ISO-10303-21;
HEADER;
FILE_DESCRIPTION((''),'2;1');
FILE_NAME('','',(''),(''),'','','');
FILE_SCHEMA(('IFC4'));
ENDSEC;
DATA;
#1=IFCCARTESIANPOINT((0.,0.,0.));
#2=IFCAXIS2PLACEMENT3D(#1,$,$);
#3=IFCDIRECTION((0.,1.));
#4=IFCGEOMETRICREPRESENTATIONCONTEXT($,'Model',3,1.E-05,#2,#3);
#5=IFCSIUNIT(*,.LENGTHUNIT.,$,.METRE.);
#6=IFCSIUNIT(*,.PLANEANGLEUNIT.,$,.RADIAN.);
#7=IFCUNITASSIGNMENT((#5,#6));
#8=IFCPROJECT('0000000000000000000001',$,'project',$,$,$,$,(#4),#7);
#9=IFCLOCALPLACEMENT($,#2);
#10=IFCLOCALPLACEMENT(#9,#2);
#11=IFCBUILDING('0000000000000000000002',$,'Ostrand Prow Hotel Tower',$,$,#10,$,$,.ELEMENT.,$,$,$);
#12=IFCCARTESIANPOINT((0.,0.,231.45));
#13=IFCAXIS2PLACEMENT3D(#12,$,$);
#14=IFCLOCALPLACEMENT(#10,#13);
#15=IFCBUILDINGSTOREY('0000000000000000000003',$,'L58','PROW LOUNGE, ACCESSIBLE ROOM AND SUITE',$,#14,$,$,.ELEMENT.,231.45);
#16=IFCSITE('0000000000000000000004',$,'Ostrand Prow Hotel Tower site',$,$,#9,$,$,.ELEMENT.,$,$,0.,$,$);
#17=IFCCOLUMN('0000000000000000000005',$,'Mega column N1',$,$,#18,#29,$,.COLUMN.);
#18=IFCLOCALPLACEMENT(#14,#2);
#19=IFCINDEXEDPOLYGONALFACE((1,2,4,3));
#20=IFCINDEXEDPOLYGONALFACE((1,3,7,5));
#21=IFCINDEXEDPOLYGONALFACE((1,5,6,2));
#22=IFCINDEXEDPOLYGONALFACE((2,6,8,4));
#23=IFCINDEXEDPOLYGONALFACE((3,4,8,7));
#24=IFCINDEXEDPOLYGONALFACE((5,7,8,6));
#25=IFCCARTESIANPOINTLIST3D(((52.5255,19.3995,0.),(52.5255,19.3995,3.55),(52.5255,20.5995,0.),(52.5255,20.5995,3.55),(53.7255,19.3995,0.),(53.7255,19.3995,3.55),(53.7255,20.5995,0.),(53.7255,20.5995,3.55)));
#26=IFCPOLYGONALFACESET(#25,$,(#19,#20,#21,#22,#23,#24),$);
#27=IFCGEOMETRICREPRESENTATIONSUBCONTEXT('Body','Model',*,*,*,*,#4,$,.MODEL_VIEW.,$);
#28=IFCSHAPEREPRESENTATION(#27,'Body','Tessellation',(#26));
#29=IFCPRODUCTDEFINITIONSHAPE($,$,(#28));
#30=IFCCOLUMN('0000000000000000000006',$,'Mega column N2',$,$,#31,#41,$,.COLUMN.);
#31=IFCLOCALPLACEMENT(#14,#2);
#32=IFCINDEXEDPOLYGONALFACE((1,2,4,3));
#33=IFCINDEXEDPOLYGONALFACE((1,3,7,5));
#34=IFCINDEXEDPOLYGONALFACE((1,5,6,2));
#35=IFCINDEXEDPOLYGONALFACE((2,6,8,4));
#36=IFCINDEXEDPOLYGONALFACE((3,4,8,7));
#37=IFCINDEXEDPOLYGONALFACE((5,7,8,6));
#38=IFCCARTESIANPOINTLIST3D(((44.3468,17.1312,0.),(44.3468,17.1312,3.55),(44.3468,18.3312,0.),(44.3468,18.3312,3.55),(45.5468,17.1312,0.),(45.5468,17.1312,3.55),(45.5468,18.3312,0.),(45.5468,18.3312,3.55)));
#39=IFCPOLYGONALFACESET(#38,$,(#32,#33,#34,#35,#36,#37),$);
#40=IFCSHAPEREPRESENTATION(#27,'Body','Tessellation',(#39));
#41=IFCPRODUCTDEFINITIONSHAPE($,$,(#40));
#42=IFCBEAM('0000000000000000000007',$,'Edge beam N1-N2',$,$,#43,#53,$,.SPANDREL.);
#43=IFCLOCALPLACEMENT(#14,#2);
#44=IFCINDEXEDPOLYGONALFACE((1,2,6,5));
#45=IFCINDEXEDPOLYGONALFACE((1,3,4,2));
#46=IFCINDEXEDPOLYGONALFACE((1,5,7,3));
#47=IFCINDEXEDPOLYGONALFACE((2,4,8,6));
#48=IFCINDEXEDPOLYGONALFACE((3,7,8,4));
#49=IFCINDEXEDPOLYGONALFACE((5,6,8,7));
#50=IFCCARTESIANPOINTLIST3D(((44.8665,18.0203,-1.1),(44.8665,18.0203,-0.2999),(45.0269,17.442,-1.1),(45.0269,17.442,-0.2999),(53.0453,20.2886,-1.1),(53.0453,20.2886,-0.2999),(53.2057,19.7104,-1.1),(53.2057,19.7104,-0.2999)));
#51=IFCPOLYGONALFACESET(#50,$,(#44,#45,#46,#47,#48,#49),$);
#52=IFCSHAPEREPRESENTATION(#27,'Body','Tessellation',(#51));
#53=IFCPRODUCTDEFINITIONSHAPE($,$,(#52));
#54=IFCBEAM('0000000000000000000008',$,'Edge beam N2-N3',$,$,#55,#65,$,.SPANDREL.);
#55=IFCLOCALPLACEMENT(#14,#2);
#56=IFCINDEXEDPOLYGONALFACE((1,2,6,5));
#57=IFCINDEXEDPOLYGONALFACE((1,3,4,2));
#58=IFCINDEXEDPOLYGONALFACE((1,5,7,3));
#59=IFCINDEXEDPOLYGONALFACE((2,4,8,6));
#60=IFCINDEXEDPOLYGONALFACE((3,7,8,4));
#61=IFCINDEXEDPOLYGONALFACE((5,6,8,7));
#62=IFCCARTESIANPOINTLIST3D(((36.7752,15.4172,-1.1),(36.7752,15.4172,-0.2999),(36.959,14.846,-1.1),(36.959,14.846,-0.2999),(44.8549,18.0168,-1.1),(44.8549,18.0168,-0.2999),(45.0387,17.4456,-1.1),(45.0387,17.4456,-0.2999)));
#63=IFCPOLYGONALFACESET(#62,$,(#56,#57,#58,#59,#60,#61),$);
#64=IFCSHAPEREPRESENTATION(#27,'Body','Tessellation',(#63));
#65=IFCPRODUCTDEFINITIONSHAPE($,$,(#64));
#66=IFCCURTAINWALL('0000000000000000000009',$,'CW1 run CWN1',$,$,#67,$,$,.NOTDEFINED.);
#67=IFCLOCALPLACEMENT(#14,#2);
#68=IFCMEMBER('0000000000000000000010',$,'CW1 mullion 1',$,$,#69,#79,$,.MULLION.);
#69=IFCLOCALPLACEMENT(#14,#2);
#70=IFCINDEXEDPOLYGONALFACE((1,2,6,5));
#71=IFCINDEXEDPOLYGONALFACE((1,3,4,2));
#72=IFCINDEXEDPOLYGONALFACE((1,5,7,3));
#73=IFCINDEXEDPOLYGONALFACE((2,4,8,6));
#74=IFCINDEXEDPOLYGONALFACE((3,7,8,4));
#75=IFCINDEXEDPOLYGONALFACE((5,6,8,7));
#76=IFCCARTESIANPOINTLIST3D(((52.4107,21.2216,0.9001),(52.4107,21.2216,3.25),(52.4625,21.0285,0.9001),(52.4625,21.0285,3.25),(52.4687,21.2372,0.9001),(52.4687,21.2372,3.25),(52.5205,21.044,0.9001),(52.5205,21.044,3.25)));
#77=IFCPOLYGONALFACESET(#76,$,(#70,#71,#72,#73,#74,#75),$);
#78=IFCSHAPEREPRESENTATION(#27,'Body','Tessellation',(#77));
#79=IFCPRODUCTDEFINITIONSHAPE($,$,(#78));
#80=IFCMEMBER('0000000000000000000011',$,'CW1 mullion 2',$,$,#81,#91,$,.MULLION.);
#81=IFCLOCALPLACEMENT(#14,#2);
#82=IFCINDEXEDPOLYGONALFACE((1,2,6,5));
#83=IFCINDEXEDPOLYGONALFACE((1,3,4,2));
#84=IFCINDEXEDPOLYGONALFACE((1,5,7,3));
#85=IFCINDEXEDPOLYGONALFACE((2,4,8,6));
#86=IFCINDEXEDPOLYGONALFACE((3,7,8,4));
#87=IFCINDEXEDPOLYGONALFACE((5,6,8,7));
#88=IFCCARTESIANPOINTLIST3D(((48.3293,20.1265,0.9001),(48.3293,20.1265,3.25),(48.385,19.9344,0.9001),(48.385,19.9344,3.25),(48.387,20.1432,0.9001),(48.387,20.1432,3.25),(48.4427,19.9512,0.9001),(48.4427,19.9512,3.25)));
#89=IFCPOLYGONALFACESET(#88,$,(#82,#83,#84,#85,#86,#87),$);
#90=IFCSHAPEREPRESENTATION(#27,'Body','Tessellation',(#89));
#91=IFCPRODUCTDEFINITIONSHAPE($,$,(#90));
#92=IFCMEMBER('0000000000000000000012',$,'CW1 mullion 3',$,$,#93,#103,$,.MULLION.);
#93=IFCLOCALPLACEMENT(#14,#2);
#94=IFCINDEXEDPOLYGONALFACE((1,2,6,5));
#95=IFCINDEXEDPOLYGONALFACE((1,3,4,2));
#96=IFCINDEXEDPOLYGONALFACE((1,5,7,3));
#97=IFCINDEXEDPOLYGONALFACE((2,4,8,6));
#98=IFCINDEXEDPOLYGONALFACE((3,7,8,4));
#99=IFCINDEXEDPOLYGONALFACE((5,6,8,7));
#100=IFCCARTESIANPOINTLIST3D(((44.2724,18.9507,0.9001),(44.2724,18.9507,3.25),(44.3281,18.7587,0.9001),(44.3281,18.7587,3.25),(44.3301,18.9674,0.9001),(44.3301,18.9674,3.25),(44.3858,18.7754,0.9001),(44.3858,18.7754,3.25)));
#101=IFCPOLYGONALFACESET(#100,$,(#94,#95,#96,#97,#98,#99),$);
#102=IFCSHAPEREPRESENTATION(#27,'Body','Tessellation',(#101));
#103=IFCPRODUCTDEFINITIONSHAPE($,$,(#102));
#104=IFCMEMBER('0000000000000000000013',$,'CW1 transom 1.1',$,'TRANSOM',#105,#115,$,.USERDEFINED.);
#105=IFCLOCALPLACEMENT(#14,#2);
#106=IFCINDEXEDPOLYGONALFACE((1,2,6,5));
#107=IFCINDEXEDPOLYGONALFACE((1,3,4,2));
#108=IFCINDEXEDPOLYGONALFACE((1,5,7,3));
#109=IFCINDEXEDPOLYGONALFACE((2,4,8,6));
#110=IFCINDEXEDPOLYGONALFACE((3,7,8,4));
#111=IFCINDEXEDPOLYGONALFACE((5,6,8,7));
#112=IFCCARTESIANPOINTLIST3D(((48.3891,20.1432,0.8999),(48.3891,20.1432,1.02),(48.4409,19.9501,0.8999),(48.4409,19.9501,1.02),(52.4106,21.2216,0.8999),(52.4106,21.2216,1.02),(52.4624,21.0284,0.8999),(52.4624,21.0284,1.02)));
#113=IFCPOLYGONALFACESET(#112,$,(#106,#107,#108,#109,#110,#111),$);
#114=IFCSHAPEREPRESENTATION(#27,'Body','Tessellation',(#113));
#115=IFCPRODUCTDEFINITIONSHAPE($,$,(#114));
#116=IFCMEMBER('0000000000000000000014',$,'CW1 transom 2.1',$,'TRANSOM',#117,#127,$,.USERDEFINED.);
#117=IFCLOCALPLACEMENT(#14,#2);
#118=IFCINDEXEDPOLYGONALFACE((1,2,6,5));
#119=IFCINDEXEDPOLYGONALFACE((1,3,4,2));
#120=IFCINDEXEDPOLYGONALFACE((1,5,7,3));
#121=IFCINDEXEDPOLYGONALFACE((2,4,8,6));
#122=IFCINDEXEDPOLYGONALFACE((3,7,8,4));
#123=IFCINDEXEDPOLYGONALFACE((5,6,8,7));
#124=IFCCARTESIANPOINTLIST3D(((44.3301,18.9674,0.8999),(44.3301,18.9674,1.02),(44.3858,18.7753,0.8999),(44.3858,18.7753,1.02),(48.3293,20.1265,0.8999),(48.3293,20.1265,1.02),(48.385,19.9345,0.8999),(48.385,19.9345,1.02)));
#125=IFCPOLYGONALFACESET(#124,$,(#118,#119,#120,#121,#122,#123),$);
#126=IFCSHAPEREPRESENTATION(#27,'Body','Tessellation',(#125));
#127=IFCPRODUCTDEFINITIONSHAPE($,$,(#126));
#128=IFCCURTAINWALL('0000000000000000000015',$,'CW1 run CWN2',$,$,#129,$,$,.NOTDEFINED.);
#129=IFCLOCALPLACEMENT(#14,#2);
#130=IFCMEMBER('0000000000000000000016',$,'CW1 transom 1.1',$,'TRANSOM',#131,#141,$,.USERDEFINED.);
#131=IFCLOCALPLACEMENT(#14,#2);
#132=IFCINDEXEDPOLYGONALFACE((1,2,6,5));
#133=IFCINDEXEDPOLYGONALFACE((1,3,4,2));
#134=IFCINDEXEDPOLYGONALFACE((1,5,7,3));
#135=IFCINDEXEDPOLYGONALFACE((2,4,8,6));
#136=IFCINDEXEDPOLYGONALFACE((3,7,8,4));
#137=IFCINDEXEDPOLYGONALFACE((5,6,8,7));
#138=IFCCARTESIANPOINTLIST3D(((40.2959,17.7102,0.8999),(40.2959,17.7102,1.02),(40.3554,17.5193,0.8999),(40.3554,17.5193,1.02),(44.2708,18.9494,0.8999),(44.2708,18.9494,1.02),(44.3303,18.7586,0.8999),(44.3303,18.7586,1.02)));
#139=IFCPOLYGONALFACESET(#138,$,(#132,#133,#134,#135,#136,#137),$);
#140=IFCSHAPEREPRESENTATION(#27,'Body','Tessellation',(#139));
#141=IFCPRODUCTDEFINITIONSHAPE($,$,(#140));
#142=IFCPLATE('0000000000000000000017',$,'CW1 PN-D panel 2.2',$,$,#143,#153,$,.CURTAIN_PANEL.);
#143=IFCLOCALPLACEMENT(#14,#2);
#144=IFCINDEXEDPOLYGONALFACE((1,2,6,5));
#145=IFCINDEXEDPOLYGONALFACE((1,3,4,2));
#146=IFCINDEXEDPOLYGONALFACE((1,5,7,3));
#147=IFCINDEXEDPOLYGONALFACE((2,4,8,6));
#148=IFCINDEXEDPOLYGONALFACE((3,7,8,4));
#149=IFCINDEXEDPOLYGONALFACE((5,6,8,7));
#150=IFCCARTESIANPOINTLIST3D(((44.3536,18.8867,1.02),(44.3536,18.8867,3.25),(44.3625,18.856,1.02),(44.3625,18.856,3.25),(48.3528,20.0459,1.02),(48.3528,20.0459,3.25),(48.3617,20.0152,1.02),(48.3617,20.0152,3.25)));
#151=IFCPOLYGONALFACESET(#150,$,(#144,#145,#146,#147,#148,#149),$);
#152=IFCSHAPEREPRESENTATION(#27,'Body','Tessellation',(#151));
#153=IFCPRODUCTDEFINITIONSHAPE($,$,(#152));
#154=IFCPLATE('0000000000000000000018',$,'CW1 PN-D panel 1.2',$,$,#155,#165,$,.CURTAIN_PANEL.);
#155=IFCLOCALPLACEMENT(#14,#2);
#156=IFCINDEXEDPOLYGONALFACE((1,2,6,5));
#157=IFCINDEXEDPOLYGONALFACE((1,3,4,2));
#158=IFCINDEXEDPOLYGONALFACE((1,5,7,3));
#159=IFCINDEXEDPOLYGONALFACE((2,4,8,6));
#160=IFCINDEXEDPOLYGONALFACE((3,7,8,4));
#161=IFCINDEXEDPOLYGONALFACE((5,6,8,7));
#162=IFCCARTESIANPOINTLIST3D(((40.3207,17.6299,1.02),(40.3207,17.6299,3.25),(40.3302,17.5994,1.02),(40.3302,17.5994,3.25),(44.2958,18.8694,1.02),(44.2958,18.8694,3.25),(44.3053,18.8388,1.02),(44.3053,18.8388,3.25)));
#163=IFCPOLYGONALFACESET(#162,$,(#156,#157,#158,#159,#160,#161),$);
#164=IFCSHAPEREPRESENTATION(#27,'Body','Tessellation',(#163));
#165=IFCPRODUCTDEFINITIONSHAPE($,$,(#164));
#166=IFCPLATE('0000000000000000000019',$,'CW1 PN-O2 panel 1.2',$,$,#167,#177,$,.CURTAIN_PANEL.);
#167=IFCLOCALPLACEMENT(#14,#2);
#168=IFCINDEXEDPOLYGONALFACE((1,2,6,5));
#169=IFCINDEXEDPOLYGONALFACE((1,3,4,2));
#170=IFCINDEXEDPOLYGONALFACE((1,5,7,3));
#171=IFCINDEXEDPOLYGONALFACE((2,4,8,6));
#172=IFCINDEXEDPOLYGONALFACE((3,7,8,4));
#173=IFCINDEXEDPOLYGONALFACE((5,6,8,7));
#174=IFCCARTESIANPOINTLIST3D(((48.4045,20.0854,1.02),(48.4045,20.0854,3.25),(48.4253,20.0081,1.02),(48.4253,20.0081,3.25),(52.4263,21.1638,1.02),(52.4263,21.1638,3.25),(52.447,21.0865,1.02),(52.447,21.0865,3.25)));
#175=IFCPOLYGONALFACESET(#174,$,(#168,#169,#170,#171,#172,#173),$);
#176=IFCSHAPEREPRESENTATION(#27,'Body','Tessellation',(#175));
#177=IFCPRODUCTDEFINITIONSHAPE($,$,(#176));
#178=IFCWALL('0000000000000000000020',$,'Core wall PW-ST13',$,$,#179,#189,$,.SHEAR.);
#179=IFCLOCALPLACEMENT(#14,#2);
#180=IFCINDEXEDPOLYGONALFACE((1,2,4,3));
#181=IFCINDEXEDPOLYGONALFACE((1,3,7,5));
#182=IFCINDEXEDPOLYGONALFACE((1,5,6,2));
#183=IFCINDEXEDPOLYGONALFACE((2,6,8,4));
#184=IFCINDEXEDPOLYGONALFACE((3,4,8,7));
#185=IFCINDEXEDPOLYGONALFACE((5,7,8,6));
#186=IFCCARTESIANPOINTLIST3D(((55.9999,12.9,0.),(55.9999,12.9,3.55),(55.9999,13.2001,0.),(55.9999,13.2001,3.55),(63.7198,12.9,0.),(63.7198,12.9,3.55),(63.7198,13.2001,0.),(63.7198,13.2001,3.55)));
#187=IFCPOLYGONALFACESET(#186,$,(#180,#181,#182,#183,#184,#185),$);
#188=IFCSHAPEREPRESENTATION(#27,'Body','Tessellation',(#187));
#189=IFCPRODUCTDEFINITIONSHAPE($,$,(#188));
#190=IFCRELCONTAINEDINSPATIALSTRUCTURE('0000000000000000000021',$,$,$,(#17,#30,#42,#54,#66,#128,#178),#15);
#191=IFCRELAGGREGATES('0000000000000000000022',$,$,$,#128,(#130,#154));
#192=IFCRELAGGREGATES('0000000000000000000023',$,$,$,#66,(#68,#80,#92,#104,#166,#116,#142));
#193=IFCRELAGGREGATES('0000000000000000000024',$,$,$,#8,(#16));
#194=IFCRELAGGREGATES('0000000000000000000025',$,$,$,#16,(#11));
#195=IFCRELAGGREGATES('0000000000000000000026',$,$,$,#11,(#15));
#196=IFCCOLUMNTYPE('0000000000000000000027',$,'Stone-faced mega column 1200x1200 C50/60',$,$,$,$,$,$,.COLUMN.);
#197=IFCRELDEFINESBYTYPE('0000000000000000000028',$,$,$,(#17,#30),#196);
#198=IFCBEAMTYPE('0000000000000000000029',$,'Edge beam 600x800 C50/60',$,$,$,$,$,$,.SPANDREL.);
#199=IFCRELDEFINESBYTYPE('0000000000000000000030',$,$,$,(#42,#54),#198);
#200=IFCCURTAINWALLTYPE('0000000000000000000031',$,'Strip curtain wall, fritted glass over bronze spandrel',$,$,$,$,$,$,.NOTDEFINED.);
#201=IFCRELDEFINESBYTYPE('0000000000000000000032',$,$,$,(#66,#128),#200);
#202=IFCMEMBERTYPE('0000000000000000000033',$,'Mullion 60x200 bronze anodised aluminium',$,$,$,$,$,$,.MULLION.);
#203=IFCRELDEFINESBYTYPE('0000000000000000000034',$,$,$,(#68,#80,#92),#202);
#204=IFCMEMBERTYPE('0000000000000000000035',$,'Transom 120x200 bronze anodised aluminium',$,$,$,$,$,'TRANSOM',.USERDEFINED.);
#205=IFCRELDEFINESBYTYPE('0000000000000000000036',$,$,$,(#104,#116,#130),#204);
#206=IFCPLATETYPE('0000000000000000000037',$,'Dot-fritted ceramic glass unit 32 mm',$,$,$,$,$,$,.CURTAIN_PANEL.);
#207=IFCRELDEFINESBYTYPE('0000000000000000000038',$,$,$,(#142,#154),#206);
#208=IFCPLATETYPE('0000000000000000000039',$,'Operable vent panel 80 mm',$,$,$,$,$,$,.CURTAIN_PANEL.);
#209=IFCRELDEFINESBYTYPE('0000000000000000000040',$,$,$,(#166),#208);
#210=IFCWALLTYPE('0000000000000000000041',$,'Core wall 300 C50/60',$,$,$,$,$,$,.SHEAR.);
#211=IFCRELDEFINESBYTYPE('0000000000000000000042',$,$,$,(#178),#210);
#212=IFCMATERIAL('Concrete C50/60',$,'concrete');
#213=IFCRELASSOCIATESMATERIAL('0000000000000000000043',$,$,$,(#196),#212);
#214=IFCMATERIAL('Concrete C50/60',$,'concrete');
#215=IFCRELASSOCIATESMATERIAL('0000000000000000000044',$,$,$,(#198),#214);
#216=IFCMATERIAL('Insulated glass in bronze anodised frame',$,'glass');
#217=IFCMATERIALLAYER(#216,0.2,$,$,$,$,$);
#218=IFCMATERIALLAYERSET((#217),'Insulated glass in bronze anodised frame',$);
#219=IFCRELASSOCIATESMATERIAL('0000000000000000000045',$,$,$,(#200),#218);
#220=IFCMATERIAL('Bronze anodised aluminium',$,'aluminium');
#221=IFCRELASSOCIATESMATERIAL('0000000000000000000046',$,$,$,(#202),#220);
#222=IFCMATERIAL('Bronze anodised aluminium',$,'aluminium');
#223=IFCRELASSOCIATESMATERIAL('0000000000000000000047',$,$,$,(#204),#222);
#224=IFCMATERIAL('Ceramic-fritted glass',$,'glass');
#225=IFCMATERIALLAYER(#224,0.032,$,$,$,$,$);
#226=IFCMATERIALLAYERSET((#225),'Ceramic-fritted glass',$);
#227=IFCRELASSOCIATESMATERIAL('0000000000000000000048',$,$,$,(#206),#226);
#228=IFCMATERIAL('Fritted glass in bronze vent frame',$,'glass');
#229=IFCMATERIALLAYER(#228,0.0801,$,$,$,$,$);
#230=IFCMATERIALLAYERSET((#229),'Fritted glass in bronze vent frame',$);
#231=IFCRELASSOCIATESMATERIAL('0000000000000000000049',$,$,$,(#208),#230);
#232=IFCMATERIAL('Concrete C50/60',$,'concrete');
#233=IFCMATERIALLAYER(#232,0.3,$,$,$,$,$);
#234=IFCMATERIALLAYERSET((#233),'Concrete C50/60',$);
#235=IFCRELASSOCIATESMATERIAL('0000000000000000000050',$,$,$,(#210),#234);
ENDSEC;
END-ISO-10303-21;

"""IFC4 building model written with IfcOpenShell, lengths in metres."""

from ifc_helpers import new_model, si_unit, direction, frame, frame_2d, origin, origin_2d, place, context, subcontext, project, spatial, rectangle, extrude, material, layer, layer_set, material_profile, profile_set, type_object, element, aggregate, save


model = new_model("IFC4")

# Units and contexts
model_context = context("Model", 3, precision=1e-05, world=origin(), true_north=direction((0.0, 1.0)))
body_context = subcontext(model_context, "Body", "Model", "MODEL_VIEW")
ifc_project = project(units=[si_unit("LENGTHUNIT", "METRE"), si_unit("PLANEANGLEUNIT", "RADIAN")], contexts=[model_context])

# Site, building, storey
site_placement = place(None, origin())
site = spatial("IfcSite", under=ifc_project, at=site_placement, Name="Ostrand Prow Hotel Tower site", CompositionType="ELEMENT", RefElevation=0.0)
building_placement = place(site_placement, origin())
building = spatial("IfcBuilding", under=site, at=building_placement, Name="Ostrand Prow Hotel Tower", CompositionType="ELEMENT")
storey_placement = place(building_placement, frame((0.0, 0.0, 231.45)))
storey = spatial("IfcBuildingStorey", under=building, at=storey_placement, Name="L58", Description="PROW LOUNGE, ACCESSIBLE ROOM AND SUITE", CompositionType="ELEMENT", Elevation=231.45)

# Columns
ifc_material_1 = material(Name="Concrete C50/60", Category="concrete")
ifc_material_profile_1 = material_profile(ifc_material_1, rectangle(XDim=1.2, YDim=1.2, at=origin_2d()), Name="RC 1200x1200")
ifc_profile_set_1 = profile_set([ifc_material_profile_1], Name="Concrete C50/60")
column_type = type_object("IfcColumnType", Name="Stone-faced mega column 1200x1200 C50/60", PredefinedType="COLUMN", material=ifc_profile_set_1)
for number, where, z_axis, x_axis, name in (
    (1, (53.1255, 19.9995, 0.0), (0.0, 0.0, 1.0), (1.0, 0.0, 0.0), "Mega column N1"),
    (2, (44.9468, 17.7312, 0.0), (0.0, 0.0, 1.0), (1.0, 0.0, 0.0), "Mega column N2"),
):
    element("IfcColumn", number, at=place(storey_placement, frame(where, z_axis=z_axis, x_axis=x_axis)), inside=storey, type_object=column_type, Name=name, PredefinedType="COLUMN", context=body_context, shape_type="SweptSolid", body=[
        extrude(rectangle(XDim=1.2, YDim=1.2, at=origin_2d()), origin(), (0.0, 0.0, 1.0), 3.55),
    ])

# Beams
ifc_material_2 = material(Name="Concrete C50/60", Category="concrete")
ifc_material_profile_2 = material_profile(ifc_material_2, rectangle(XDim=0.6001, YDim=0.8, at=origin_2d()), Name="RC 600x800")
ifc_profile_set_2 = profile_set([ifc_material_profile_2], Name="Concrete C50/60")
beam_type = type_object("IfcBeamType", Name="Edge beam 600x800 C50/60", PredefinedType="SPANDREL", material=ifc_profile_set_2)
for number, where, z_axis, x_axis, name in (
    (3, (53.1255, 19.9995, -0.7), (-0.963626, -0.267255, 0.0), (0.267255, -0.963626, 0.0), "Edge beam N1-N2"),
    (4, (44.9468, 17.7312, -0.7), (-0.951939, -0.306287, 0.0), (0.306287, -0.951939, 0.0), "Edge beam N2-N3"),
):
    element("IfcBeam", number, at=place(storey_placement, frame(where, z_axis=z_axis, x_axis=x_axis)), inside=storey, type_object=beam_type, Name=name, PredefinedType="SPANDREL", context=body_context, shape_type="SweptSolid", body=[
        extrude(rectangle(XDim=0.6001, YDim=0.8, at=origin_2d()), origin(), (0.0, 0.0, 1.0), 8.4875),
    ])

# Curtain wall, members
ifc_material_3 = material(Name="Insulated glass in bronze anodised frame", Category="glass")
ifc_layer_1 = layer(ifc_material_3, 0.2)
ifc_layer_set_1 = layer_set([ifc_layer_1], Name="Insulated glass in bronze anodised frame")
curtain_wall_type = type_object("IfcCurtainWallType", Name="Strip curtain wall, fritted glass over bronze spandrel", PredefinedType="NOTDEFINED", material=ifc_layer_set_1)
curtain_wall_1_placement = place(storey_placement, origin())
curtain_wall_1 = element("IfcCurtainWall", 5, at=curtain_wall_1_placement, inside=storey, type_object=curtain_wall_type, Name="CW1 run CWN1", PredefinedType="NOTDEFINED")
ifc_material_4 = material(Name="Bronze anodised aluminium", Category="aluminium")
ifc_material_profile_3 = material_profile(ifc_material_4, rectangle(XDim=0.2, YDim=0.0601, at=origin_2d()), Name="Mullion 60x200 bronze anodised aluminium")
ifc_profile_set_3 = profile_set([ifc_material_profile_3], Name="Bronze anodised aluminium")
member_type_1 = type_object("IfcMemberType", Name="Mullion 60x200 bronze anodised aluminium", PredefinedType="MULLION", material=ifc_profile_set_3)
member_1_placement = place(storey_placement, frame((52.4656, 21.1328, 0.9001), z_axis=(0.0, 0.0, 1.0), x_axis=(0.258994, -0.965879, 0.0)))
member_1 = element("IfcMember", 6, at=member_1_placement, type_object=member_type_1, Name="CW1 mullion 1", PredefinedType="MULLION", context=body_context, shape_type="SweptSolid", body=[
    extrude(rectangle(XDim=0.2, YDim=0.0601, at=origin_2d()), origin(), (0.0, 0.0, 1.0), 2.3499),
])
member_2_placement = place(storey_placement, frame((48.386, 20.0388, 0.9001), z_axis=(0.0, 0.0, 1.0), x_axis=(0.278393, -0.960467, 0.0)))
member_2 = element("IfcMember", 7, at=member_2_placement, type_object=member_type_1, Name="CW1 mullion 2", PredefinedType="MULLION", context=body_context, shape_type="SweptSolid", body=[
    extrude(rectangle(XDim=0.2, YDim=0.0601, at=origin_2d()), origin(), (0.0, 0.0, 1.0), 2.3499),
])
member_3_placement = place(storey_placement, frame((44.3291, 18.863, 0.9001), z_axis=(0.0, 0.0, 1.0), x_axis=(0.278393, -0.960467, 0.0)))
member_3 = element("IfcMember", 8, at=member_3_placement, type_object=member_type_1, Name="CW1 mullion 3", PredefinedType="MULLION", context=body_context, shape_type="SweptSolid", body=[
    extrude(rectangle(XDim=0.2, YDim=0.0601, at=origin_2d()), origin(), (0.0, 0.0, 1.0), 2.3499),
])
ifc_material_5 = material(Name="Bronze anodised aluminium", Category="aluminium")
ifc_material_profile_4 = material_profile(ifc_material_5, rectangle(XDim=0.2, YDim=0.1201, at=origin_2d()), Name="Transom 120x200 bronze anodised aluminium")
ifc_profile_set_4 = profile_set([ifc_material_profile_4], Name="Bronze anodised aluminium")
member_type_2 = type_object("IfcMemberType", Name="Transom 120x200 bronze anodised aluminium", ElementType="TRANSOM", PredefinedType="USERDEFINED", material=ifc_profile_set_4)
member_4_placement = place(storey_placement, frame((52.4365, 21.125, 0.96), z_axis=(-0.965877, -0.259002, 0.0), x_axis=(0.259002, -0.965877, 0.0)))
member_4 = element("IfcMember", 9, at=member_4_placement, type_object=member_type_2, Name="CW1 transom 1.1", ObjectType="TRANSOM", PredefinedType="USERDEFINED", context=body_context, shape_type="SweptSolid", body=[
    extrude(rectangle(XDim=0.2, YDim=0.1201, at=origin_2d()), origin(), (0.0, 0.0, 1.0), 4.1636),
])
member_5_placement = place(storey_placement, frame((48.3572, 20.0305, 0.96), z_axis=(-0.960468, -0.27839, 0.0), x_axis=(0.27839, -0.960468, 0.0)))
member_5 = element("IfcMember", 10, at=member_5_placement, type_object=member_type_2, Name="CW1 transom 2.1", ObjectType="TRANSOM", PredefinedType="USERDEFINED", context=body_context, shape_type="SweptSolid", body=[
    extrude(rectangle(XDim=0.2, YDim=0.1201, at=origin_2d()), origin(), (0.0, 0.0, 1.0), 4.1638),
])

# Curtain wall, member
curtain_wall_2_placement = place(storey_placement, origin())
curtain_wall_2 = element("IfcCurtainWall", 11, at=curtain_wall_2_placement, inside=storey, type_object=curtain_wall_type, Name="CW1 run CWN2", PredefinedType="NOTDEFINED")
member_6_placement = place(storey_placement, frame((44.3005, 18.854, 0.96), z_axis=(-0.954677, -0.297644, 0.0), x_axis=(0.297644, -0.954677, 0.0)))
member_6 = element("IfcMember", 12, at=member_6_placement, type_object=member_type_2, Name="CW1 transom 1.1", ObjectType="TRANSOM", PredefinedType="USERDEFINED", context=body_context, shape_type="SweptSolid", body=[
    extrude(rectangle(XDim=0.2, YDim=0.1201, at=origin_2d()), origin(), (0.0, 0.0, 1.0), 4.1636),
])

# Plates
ifc_material_6 = material(Name="Ceramic-fritted glass", Category="glass")
ifc_layer_2 = layer(ifc_material_6, 0.032)
ifc_layer_set_2 = layer_set([ifc_layer_2], Name="Ceramic-fritted glass")
plate_type_1 = type_object("IfcPlateType", Name="Dot-fritted ceramic glass unit 32 mm", PredefinedType="CURTAIN_PANEL", material=ifc_layer_set_2)
plate_1_placement = place(storey_placement, frame((46.3577, 19.4509, 1.02), z_axis=(0.0, 0.0, 1.0), x_axis=(-0.960467, -0.278393, 0.0)))
plate_1 = element("IfcPlate", 13, at=plate_1_placement, type_object=plate_type_1, Name="CW1 PN-D panel 2.2", PredefinedType="CURTAIN_PANEL", context=body_context, shape_type="SweptSolid", body=[
    extrude(rectangle(XDim=4.1638, YDim=0.032, at=origin_2d()), origin(), (0.0, 0.0, 1.0), 2.23),
])
plate_2_placement = place(storey_placement, frame((42.313, 18.2344, 1.02), z_axis=(0.0, 0.0, 1.0), x_axis=(-0.954666, -0.297678, 0.0)))
plate_2 = element("IfcPlate", 14, at=plate_2_placement, type_object=plate_type_1, Name="CW1 PN-D panel 1.2", PredefinedType="CURTAIN_PANEL", context=body_context, shape_type="SweptSolid", body=[
    extrude(rectangle(XDim=4.1638, YDim=0.032, at=origin_2d()), origin(), (0.0, 0.0, 1.0), 2.23),
])
aggregate(curtain_wall_2, [member_6, plate_2])
ifc_material_7 = material(Name="Fritted glass in bronze vent frame", Category="glass")
ifc_layer_3 = layer(ifc_material_7, 0.0801)
ifc_layer_set_3 = layer_set([ifc_layer_3], Name="Fritted glass in bronze vent frame")
plate_type_2 = type_object("IfcPlateType", Name="Operable vent panel 80 mm", PredefinedType="CURTAIN_PANEL", material=ifc_layer_set_3)
plate_3_placement = place(storey_placement, frame((50.4258, 20.5859, 1.02), z_axis=(0.0, 0.0, 1.0), x_axis=(-0.965879, -0.258994, 0.0)))
plate_3 = element("IfcPlate", 15, at=plate_3_placement, type_object=plate_type_2, Name="CW1 PN-O2 panel 1.2", PredefinedType="CURTAIN_PANEL", context=body_context, shape_type="SweptSolid", body=[
    extrude(rectangle(XDim=4.1638, YDim=0.0801, at=origin_2d()), origin(), (0.0, 0.0, 1.0), 2.23),
])
aggregate(curtain_wall_1, [member_1, member_2, member_3, member_4, plate_3, member_5, plate_1])

# Wall
ifc_material_8 = material(Name="Concrete C50/60", Category="concrete")
ifc_layer_4 = layer(ifc_material_8, 0.3)
ifc_layer_set_4 = layer_set([ifc_layer_4], Name="Concrete C50/60")
wall_type_1 = type_object("IfcWallType", Name="Core wall 300 C50/60", PredefinedType="SHEAR", material=ifc_layer_set_4)
wall_1_placement = place(storey_placement, frame((56.0, 13.05, 0.0), z_axis=(0.0, 0.0, 1.0), x_axis=(1.0, 0.0, 0.0)))
element("IfcWall", 16, at=wall_1_placement, inside=storey, type_object=wall_type_1, Name="Core wall PW-ST13", PredefinedType="SHEAR", context=body_context, shape_type="SweptSolid", body=[
    extrude(rectangle(XDim=7.72, YDim=0.3, at=frame_2d((3.8599, 0.0))), origin(), (0.0, 0.0, 1.0), 3.55),
])

save(model, "model.ifc")
